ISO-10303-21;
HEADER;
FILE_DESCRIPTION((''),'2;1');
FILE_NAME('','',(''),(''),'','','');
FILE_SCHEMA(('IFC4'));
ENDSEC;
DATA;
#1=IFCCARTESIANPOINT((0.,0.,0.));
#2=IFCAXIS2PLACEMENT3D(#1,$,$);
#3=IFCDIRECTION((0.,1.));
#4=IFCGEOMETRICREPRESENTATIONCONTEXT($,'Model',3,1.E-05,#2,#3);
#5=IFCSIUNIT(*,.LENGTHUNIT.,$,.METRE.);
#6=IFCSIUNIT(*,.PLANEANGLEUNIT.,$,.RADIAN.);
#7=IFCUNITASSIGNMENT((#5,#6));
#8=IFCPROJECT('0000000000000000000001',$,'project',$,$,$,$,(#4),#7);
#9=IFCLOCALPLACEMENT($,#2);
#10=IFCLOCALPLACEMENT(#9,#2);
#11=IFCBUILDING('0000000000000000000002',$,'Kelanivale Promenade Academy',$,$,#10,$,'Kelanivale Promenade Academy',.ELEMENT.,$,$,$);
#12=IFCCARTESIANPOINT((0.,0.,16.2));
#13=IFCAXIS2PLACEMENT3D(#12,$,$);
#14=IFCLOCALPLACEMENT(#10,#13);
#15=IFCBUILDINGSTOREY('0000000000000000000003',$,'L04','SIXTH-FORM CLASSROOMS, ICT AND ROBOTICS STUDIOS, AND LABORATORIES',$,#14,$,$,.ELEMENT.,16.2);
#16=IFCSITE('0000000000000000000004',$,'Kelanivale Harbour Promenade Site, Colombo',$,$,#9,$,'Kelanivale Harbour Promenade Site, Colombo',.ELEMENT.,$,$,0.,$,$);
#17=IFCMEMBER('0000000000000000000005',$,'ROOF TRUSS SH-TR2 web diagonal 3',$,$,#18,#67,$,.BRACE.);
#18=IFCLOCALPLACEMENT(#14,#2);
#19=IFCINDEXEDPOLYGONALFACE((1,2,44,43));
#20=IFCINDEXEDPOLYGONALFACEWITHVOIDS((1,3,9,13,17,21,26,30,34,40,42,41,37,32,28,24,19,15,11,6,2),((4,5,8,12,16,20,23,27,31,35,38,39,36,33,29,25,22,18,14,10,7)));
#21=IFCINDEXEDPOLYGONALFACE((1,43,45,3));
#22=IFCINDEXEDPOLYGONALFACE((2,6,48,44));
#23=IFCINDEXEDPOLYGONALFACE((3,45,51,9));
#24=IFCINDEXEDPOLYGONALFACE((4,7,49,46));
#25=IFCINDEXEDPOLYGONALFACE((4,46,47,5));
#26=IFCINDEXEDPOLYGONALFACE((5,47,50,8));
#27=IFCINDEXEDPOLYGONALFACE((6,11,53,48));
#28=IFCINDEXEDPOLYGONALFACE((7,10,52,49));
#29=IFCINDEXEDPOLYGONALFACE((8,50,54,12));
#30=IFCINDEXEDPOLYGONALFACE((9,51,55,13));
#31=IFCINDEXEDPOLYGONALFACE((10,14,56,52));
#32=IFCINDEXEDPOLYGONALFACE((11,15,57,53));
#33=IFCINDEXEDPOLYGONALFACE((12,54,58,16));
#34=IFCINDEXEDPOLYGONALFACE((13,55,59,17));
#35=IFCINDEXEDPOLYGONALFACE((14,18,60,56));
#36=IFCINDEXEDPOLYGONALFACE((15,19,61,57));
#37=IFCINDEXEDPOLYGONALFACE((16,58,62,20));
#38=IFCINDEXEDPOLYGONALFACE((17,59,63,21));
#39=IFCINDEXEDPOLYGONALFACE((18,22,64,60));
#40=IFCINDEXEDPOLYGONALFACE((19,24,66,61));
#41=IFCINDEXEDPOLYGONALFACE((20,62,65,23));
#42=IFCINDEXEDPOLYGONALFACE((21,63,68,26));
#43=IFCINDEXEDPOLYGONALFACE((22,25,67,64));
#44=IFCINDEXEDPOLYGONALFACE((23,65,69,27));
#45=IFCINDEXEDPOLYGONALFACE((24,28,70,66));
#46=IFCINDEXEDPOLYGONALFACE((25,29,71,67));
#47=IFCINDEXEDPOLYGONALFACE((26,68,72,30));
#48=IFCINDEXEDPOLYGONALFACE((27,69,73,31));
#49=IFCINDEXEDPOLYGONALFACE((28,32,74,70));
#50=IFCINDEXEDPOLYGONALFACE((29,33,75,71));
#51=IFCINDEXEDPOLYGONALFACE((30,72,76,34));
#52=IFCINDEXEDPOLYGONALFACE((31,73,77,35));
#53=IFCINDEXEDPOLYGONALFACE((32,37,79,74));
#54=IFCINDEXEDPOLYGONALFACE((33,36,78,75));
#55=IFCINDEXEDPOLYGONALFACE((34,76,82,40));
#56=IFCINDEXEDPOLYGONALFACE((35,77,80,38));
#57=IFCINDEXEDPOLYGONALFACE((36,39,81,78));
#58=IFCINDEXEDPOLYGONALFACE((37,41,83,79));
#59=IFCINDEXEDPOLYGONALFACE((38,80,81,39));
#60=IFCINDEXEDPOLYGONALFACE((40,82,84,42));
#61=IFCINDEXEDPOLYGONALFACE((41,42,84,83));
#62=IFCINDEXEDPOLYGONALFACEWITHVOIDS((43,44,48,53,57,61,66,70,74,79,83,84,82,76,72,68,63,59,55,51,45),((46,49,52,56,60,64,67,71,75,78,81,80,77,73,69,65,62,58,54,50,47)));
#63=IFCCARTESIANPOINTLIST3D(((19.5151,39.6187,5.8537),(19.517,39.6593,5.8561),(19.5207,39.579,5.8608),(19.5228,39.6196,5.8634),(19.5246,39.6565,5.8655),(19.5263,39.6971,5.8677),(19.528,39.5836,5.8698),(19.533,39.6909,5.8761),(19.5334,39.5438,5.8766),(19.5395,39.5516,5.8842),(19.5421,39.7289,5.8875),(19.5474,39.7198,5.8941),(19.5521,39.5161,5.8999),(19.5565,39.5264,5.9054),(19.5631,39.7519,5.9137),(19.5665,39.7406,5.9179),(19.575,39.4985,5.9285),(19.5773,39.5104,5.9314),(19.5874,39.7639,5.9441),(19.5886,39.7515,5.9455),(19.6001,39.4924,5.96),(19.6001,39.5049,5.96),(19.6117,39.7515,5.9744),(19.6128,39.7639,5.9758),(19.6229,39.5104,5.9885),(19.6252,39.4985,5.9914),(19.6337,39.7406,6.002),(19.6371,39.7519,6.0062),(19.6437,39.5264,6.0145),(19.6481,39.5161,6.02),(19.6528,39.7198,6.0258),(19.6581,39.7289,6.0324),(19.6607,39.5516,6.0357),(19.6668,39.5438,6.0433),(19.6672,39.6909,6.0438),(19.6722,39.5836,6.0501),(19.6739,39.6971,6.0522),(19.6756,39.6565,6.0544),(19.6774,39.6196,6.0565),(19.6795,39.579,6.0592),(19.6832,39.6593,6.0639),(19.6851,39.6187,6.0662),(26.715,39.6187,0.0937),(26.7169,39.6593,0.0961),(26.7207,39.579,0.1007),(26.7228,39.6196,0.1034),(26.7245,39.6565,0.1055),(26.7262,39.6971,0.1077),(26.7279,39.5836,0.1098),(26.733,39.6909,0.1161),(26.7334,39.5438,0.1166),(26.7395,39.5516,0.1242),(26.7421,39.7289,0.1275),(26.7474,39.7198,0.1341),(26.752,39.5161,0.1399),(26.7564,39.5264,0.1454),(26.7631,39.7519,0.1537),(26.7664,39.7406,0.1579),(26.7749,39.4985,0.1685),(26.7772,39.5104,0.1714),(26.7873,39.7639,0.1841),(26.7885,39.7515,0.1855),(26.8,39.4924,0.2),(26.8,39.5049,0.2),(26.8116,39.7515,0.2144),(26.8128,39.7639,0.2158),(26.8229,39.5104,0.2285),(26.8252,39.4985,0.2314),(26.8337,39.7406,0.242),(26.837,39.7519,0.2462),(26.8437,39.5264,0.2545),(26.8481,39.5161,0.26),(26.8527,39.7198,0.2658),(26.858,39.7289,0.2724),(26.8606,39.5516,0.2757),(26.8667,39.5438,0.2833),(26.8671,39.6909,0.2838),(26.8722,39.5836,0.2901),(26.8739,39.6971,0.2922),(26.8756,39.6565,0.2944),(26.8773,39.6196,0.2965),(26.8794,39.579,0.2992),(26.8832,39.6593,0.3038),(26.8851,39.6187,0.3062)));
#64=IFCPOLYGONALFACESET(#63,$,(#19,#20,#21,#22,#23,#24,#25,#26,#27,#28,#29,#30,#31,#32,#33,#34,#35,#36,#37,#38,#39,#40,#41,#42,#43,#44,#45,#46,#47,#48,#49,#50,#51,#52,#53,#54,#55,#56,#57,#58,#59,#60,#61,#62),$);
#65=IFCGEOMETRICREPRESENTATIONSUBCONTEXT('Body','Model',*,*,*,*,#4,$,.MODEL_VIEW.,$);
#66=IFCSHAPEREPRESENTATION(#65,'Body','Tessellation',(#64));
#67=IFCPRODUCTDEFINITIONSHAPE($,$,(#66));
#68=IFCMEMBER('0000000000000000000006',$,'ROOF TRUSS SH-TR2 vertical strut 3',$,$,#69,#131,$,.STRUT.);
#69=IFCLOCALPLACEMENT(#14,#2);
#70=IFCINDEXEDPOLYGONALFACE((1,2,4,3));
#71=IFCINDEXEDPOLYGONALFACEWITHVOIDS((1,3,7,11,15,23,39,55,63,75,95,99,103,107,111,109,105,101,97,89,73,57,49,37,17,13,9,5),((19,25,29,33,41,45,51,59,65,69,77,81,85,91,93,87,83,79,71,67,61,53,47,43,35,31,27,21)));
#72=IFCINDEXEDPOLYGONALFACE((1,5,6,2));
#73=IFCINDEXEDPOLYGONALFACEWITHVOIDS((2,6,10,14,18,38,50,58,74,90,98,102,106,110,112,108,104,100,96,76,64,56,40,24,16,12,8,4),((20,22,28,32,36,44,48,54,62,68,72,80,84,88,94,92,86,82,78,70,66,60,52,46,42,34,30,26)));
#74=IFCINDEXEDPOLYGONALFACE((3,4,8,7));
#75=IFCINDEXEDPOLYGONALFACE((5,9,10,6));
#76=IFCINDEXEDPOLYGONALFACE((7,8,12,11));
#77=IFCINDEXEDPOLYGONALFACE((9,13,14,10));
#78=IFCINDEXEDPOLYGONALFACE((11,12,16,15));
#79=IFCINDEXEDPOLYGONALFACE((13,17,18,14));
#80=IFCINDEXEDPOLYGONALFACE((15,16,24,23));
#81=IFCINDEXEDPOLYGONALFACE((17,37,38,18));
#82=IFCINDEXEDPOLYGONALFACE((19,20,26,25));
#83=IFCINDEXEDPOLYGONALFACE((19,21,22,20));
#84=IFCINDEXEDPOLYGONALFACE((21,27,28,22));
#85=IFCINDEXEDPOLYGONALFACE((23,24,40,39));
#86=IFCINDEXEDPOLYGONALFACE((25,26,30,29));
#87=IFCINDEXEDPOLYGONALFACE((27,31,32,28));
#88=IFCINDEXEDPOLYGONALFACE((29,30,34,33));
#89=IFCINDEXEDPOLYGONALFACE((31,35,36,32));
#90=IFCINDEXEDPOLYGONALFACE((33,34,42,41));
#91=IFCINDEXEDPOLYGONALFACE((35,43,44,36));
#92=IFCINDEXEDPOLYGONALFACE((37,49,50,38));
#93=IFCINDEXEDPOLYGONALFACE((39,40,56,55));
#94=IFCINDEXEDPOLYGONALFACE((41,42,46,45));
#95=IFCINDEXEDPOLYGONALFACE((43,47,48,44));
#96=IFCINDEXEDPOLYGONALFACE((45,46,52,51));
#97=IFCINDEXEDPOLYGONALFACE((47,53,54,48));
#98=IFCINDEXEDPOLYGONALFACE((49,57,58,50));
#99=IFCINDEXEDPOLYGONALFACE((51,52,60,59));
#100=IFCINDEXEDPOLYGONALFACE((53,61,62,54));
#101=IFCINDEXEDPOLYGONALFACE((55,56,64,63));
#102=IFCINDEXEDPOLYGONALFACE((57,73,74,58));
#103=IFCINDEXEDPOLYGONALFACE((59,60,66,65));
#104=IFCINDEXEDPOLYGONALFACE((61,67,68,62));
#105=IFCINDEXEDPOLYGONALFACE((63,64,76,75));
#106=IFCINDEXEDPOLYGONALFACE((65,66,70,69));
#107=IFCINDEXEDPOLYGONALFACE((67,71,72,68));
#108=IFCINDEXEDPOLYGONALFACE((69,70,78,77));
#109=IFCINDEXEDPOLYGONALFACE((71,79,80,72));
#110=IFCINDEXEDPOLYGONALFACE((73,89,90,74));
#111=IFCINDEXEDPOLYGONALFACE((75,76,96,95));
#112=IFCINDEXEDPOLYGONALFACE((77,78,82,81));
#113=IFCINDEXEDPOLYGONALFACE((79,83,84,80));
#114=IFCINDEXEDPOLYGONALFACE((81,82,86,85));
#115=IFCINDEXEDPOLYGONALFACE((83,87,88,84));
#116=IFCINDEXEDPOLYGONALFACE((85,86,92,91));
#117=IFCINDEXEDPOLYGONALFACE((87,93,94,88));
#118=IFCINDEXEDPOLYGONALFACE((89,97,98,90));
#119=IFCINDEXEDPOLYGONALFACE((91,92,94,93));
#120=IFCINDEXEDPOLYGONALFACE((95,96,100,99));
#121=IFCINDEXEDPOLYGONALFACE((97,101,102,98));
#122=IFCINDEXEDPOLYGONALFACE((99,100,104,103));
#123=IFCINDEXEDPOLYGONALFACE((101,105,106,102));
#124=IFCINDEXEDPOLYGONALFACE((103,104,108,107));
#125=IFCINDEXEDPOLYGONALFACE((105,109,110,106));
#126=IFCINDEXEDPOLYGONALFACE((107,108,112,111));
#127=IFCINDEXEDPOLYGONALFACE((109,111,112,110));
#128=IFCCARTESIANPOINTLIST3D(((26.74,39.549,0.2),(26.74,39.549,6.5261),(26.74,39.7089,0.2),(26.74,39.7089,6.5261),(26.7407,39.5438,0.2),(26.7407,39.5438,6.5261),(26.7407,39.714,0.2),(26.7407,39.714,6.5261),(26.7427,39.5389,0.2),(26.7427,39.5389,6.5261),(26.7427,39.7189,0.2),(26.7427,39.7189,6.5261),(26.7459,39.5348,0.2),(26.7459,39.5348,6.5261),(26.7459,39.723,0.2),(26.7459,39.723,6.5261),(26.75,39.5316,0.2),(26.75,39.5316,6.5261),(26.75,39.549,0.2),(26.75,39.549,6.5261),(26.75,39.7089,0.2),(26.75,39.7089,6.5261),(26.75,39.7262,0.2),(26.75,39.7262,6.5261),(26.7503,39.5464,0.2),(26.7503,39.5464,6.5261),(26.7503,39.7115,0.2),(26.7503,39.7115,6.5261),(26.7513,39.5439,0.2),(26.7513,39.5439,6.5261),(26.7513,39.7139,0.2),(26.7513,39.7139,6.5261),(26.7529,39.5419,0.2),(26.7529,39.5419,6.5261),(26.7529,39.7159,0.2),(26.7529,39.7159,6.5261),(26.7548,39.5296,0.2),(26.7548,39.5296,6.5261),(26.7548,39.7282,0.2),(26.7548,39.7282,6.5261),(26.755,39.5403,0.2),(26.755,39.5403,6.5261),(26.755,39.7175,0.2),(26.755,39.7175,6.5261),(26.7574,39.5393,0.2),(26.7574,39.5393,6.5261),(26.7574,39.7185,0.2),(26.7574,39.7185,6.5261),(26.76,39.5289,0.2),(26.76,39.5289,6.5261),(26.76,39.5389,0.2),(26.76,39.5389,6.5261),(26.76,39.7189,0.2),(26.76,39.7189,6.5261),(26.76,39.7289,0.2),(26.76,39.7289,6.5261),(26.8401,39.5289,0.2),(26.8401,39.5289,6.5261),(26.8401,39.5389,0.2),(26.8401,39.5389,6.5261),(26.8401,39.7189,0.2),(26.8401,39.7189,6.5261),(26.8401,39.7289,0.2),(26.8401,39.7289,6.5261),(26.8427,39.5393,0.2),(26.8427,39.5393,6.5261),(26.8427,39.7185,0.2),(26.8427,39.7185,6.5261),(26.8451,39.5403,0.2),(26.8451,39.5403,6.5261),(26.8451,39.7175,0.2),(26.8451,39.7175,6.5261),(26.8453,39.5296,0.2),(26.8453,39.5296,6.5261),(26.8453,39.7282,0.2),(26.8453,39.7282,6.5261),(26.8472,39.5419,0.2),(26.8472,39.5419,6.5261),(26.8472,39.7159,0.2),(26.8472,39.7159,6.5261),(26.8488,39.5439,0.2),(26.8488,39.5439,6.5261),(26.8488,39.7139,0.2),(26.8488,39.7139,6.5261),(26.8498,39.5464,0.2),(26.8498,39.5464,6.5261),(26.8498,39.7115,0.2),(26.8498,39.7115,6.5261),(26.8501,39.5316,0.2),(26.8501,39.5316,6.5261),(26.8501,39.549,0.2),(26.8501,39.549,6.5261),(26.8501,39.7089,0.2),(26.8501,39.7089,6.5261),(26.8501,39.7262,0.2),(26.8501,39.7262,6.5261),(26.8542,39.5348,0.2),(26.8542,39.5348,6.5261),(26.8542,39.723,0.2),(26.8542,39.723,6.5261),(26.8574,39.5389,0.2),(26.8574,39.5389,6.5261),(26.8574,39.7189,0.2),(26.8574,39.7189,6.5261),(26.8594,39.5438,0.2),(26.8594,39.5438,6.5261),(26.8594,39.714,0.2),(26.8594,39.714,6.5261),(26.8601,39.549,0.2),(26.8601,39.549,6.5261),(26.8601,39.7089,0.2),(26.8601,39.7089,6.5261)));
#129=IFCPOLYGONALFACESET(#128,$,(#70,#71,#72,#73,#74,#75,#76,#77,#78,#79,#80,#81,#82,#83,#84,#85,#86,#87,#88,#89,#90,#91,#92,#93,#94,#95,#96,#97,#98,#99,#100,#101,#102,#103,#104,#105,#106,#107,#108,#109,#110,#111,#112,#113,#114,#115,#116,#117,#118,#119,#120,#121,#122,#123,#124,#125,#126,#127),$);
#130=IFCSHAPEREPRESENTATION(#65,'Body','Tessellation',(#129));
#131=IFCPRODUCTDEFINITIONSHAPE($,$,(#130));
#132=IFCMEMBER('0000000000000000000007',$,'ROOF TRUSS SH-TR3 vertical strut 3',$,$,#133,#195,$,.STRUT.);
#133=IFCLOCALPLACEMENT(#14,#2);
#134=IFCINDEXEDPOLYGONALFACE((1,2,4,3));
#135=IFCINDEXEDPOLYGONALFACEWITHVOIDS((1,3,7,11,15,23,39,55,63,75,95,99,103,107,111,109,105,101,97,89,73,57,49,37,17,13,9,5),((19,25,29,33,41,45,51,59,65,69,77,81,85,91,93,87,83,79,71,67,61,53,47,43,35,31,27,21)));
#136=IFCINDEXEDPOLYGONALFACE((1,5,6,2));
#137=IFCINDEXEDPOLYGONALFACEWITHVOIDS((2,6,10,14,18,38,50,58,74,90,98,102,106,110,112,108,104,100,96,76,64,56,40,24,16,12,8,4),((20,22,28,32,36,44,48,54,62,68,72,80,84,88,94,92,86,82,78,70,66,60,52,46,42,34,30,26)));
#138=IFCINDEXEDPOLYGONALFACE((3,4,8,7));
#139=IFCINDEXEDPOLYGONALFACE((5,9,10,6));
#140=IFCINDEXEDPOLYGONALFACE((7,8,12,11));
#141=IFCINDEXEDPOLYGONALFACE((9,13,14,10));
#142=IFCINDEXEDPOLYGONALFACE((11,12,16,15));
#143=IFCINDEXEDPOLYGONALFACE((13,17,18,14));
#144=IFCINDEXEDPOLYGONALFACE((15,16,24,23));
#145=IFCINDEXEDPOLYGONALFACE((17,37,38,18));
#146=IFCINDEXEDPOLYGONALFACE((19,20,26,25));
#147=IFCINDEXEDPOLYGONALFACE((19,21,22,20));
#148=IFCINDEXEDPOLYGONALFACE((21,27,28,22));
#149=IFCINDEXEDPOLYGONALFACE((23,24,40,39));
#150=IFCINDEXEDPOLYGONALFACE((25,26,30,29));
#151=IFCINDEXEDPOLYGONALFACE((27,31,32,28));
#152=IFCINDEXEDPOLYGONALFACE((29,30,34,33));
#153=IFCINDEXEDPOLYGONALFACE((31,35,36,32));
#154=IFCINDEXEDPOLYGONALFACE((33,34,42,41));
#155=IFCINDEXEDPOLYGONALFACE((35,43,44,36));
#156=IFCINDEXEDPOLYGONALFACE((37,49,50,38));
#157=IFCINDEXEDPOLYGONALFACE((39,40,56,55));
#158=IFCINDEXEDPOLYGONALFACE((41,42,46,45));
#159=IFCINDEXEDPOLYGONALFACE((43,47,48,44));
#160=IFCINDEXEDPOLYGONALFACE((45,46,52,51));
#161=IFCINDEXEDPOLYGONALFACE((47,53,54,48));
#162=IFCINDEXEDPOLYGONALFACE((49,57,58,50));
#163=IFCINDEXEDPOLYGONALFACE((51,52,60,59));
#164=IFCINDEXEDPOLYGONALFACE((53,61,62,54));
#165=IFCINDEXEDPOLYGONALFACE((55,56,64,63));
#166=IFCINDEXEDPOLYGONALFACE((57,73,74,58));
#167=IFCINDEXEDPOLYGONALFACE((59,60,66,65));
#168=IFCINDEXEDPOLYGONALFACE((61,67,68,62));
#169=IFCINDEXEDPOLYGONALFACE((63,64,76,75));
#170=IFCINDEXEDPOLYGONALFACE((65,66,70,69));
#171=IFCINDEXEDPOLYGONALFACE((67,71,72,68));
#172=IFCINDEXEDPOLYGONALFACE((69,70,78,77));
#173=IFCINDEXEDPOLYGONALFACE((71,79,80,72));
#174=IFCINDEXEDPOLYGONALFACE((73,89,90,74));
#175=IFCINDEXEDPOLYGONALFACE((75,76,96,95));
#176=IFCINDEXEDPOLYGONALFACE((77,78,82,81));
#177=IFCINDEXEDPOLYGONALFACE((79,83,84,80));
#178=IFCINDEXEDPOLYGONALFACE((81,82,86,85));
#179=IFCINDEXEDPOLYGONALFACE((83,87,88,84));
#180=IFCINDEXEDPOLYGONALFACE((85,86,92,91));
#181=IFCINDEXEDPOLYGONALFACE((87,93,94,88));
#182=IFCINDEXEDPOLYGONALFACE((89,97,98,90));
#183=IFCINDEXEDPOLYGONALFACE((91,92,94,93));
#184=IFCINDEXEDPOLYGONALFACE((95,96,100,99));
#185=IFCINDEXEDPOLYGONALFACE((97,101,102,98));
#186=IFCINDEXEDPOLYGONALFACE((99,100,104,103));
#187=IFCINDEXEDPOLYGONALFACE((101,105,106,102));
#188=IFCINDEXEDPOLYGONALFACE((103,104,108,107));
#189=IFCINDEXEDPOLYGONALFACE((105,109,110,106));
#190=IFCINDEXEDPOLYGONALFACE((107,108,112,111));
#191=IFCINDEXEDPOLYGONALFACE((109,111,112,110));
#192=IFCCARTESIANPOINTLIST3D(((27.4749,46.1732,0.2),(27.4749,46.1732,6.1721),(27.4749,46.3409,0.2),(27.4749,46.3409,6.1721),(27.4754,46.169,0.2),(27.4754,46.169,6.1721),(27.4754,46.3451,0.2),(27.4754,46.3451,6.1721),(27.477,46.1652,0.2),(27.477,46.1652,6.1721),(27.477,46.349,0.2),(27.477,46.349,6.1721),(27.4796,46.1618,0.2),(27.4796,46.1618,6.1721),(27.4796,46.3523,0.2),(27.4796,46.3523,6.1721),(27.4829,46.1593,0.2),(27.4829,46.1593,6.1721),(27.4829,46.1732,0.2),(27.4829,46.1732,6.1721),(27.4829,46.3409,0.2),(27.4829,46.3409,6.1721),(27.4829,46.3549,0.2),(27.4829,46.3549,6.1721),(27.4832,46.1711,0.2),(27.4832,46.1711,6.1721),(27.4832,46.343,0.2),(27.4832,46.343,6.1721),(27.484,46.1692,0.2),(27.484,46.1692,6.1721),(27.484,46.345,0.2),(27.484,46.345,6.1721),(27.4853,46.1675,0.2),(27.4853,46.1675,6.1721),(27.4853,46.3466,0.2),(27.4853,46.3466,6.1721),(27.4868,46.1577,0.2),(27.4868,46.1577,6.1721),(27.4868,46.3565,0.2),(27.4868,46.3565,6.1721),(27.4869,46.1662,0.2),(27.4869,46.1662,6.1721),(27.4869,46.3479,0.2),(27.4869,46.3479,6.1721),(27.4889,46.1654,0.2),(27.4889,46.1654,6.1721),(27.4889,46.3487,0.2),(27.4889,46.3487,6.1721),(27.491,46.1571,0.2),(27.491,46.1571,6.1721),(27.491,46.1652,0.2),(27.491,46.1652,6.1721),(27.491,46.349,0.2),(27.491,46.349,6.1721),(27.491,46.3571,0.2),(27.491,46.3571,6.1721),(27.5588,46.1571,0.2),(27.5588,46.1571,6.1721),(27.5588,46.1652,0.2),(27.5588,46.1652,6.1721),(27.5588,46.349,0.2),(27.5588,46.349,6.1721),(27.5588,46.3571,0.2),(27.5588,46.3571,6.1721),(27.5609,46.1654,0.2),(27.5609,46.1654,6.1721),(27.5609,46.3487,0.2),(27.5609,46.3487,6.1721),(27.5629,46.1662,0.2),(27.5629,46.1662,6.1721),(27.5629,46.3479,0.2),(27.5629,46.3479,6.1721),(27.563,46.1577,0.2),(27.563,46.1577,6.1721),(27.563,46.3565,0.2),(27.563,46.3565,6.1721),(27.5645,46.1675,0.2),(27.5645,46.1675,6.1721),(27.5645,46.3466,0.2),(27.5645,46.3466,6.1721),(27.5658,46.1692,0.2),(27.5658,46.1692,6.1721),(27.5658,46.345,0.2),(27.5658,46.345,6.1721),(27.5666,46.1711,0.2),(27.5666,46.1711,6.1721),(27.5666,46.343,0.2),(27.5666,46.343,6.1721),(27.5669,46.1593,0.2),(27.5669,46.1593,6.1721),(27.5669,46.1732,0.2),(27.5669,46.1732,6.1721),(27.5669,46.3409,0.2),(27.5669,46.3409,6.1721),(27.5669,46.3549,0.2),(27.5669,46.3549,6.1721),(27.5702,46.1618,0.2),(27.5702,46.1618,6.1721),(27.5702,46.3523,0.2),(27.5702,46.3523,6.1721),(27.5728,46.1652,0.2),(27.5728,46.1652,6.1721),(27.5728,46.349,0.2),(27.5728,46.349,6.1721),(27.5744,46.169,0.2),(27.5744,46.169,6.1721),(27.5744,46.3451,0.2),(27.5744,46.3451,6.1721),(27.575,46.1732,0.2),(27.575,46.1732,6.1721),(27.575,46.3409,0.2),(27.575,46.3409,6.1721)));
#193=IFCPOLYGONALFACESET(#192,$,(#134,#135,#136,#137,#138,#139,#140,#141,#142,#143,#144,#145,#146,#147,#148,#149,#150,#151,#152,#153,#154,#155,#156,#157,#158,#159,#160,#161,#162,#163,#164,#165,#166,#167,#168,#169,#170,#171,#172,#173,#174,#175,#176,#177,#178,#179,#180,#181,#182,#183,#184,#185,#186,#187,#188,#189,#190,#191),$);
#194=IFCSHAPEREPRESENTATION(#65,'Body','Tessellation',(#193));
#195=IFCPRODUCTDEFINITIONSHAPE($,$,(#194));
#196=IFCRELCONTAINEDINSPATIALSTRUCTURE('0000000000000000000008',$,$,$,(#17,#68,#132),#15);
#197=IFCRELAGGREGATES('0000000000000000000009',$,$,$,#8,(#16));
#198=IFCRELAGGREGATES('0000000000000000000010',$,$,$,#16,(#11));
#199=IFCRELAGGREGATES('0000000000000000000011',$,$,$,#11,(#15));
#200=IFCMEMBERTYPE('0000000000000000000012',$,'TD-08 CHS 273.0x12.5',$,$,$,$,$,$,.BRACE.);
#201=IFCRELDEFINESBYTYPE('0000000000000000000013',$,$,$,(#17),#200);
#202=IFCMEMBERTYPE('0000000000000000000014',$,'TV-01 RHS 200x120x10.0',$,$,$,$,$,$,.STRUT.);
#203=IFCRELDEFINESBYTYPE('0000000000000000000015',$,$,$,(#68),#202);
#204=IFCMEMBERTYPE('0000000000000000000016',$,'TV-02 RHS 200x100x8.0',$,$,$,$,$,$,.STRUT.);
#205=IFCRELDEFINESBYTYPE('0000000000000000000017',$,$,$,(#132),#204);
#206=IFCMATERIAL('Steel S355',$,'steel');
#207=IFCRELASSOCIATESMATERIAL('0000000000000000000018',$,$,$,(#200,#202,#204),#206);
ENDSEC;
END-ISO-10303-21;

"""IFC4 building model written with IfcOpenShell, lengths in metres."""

from ifc_helpers import new_model, si_unit, direction, frame, origin, origin_2d, place, context, subcontext, project, spatial, hollow_rectangle, hollow_circle, extrude, material, material_profile, profile_set, type_object, element, save


model = new_model("IFC4")

# Units and contexts
model_context = context("Model", 3, precision=1e-05, world=origin(), true_north=direction((0.0, 1.0)))
body_context = subcontext(model_context, "Body", "Model", "MODEL_VIEW")
ifc_project = project(units=[si_unit("LENGTHUNIT", "METRE"), si_unit("PLANEANGLEUNIT", "RADIAN")], contexts=[model_context])

# Site, building, storey
site_placement = place(None, origin())
site = spatial("IfcSite", under=ifc_project, at=site_placement, Name="Kelanivale Harbour Promenade Site, Colombo", LongName="Kelanivale Harbour Promenade Site, Colombo", CompositionType="ELEMENT", RefElevation=0.0)
building_placement = place(site_placement, origin())
building = spatial("IfcBuilding", under=site, at=building_placement, Name="Kelanivale Promenade Academy", LongName="Kelanivale Promenade Academy", CompositionType="ELEMENT")
storey_placement = place(building_placement, frame((0.0, 0.0, 16.2)))
storey = spatial("IfcBuildingStorey", under=building, at=storey_placement, Name="L04", Description="SIXTH-FORM CLASSROOMS, ICT AND ROBOTICS STUDIOS, AND LABORATORIES", CompositionType="ELEMENT", Elevation=16.2)

# Members
ifc_material_1 = material(Name="Steel S355", Category="steel")
ifc_material_profile_1 = material_profile(ifc_material_1, hollow_circle(Radius=0.1365, WallThickness=0.0125, at=origin_2d()), Name="CHS 273.0x12.5")
ifc_profile_set_1 = profile_set([ifc_material_profile_1], Name="Steel S355")
member_type_1 = type_object("IfcMemberType", Name="TD-08 CHS 273.0x12.5", PredefinedType="BRACE", material=ifc_profile_set_1)
member_1_placement = place(storey_placement, frame((26.8, 39.6289, 0.2), z_axis=(-0.780866, 0.0, 0.624698), x_axis=(0.0, -1.0, 0.0)))
element("IfcMember", 1, at=member_1_placement, inside=storey, type_object=member_type_1, Name="ROOF TRUSS SH-TR2 web diagonal 3", PredefinedType="BRACE", context=body_context, shape_type="SweptSolid", body=[
    extrude(hollow_circle(Radius=0.1365, WallThickness=0.0125, at=origin_2d()), origin(), (0.0, 0.0, 1.0), 9.2205),
])
ifc_material_profile_2 = material_profile(ifc_material_1, hollow_rectangle(XDim=0.1201, YDim=0.2, WallThickness=0.01, InnerFilletRadius=0.01, OuterFilletRadius=0.02, at=origin_2d()), Name="RHS 200x120x10.0")
ifc_profile_set_2 = profile_set([ifc_material_profile_2], Name="Steel S355")
member_type_2 = type_object("IfcMemberType", Name="TV-01 RHS 200x120x10.0", PredefinedType="STRUT", material=ifc_profile_set_2)
member_2_placement = place(storey_placement, frame((26.8, 39.6289, 0.2), z_axis=(0.0, 0.0, 1.0), x_axis=(1.0, 0.0, 0.0)))
element("IfcMember", 2, at=member_2_placement, inside=storey, type_object=member_type_2, Name="ROOF TRUSS SH-TR2 vertical strut 3", PredefinedType="STRUT", context=body_context, shape_type="SweptSolid", body=[
    extrude(hollow_rectangle(XDim=0.1201, YDim=0.2, WallThickness=0.01, InnerFilletRadius=0.01, OuterFilletRadius=0.02, at=origin_2d()), origin(), (0.0, 0.0, 1.0), 6.3262),
])
ifc_material_profile_3 = material_profile(ifc_material_1, hollow_rectangle(XDim=0.1001, YDim=0.2, WallThickness=0.0081, InnerFilletRadius=0.0081, OuterFilletRadius=0.0161, at=origin_2d()), Name="RHS 200x100x8.0")
ifc_profile_set_3 = profile_set([ifc_material_profile_3], Name="Steel S355")
member_type_3 = type_object("IfcMemberType", Name="TV-02 RHS 200x100x8.0", PredefinedType="STRUT", material=ifc_profile_set_3)
member_3_placement = place(storey_placement, frame((27.5249, 46.2571, 0.2), z_axis=(0.0, 0.0, 1.0), x_axis=(1.0, 0.0, 0.0)))
element("IfcMember", 3, at=member_3_placement, inside=storey, type_object=member_type_3, Name="ROOF TRUSS SH-TR3 vertical strut 3", PredefinedType="STRUT", context=body_context, shape_type="SweptSolid", body=[
    extrude(hollow_rectangle(XDim=0.1001, YDim=0.2, WallThickness=0.0081, InnerFilletRadius=0.0081, OuterFilletRadius=0.0161, at=origin_2d()), origin(), (0.0, 0.0, 1.0), 5.9722),
])

save(model, "model.ifc")
